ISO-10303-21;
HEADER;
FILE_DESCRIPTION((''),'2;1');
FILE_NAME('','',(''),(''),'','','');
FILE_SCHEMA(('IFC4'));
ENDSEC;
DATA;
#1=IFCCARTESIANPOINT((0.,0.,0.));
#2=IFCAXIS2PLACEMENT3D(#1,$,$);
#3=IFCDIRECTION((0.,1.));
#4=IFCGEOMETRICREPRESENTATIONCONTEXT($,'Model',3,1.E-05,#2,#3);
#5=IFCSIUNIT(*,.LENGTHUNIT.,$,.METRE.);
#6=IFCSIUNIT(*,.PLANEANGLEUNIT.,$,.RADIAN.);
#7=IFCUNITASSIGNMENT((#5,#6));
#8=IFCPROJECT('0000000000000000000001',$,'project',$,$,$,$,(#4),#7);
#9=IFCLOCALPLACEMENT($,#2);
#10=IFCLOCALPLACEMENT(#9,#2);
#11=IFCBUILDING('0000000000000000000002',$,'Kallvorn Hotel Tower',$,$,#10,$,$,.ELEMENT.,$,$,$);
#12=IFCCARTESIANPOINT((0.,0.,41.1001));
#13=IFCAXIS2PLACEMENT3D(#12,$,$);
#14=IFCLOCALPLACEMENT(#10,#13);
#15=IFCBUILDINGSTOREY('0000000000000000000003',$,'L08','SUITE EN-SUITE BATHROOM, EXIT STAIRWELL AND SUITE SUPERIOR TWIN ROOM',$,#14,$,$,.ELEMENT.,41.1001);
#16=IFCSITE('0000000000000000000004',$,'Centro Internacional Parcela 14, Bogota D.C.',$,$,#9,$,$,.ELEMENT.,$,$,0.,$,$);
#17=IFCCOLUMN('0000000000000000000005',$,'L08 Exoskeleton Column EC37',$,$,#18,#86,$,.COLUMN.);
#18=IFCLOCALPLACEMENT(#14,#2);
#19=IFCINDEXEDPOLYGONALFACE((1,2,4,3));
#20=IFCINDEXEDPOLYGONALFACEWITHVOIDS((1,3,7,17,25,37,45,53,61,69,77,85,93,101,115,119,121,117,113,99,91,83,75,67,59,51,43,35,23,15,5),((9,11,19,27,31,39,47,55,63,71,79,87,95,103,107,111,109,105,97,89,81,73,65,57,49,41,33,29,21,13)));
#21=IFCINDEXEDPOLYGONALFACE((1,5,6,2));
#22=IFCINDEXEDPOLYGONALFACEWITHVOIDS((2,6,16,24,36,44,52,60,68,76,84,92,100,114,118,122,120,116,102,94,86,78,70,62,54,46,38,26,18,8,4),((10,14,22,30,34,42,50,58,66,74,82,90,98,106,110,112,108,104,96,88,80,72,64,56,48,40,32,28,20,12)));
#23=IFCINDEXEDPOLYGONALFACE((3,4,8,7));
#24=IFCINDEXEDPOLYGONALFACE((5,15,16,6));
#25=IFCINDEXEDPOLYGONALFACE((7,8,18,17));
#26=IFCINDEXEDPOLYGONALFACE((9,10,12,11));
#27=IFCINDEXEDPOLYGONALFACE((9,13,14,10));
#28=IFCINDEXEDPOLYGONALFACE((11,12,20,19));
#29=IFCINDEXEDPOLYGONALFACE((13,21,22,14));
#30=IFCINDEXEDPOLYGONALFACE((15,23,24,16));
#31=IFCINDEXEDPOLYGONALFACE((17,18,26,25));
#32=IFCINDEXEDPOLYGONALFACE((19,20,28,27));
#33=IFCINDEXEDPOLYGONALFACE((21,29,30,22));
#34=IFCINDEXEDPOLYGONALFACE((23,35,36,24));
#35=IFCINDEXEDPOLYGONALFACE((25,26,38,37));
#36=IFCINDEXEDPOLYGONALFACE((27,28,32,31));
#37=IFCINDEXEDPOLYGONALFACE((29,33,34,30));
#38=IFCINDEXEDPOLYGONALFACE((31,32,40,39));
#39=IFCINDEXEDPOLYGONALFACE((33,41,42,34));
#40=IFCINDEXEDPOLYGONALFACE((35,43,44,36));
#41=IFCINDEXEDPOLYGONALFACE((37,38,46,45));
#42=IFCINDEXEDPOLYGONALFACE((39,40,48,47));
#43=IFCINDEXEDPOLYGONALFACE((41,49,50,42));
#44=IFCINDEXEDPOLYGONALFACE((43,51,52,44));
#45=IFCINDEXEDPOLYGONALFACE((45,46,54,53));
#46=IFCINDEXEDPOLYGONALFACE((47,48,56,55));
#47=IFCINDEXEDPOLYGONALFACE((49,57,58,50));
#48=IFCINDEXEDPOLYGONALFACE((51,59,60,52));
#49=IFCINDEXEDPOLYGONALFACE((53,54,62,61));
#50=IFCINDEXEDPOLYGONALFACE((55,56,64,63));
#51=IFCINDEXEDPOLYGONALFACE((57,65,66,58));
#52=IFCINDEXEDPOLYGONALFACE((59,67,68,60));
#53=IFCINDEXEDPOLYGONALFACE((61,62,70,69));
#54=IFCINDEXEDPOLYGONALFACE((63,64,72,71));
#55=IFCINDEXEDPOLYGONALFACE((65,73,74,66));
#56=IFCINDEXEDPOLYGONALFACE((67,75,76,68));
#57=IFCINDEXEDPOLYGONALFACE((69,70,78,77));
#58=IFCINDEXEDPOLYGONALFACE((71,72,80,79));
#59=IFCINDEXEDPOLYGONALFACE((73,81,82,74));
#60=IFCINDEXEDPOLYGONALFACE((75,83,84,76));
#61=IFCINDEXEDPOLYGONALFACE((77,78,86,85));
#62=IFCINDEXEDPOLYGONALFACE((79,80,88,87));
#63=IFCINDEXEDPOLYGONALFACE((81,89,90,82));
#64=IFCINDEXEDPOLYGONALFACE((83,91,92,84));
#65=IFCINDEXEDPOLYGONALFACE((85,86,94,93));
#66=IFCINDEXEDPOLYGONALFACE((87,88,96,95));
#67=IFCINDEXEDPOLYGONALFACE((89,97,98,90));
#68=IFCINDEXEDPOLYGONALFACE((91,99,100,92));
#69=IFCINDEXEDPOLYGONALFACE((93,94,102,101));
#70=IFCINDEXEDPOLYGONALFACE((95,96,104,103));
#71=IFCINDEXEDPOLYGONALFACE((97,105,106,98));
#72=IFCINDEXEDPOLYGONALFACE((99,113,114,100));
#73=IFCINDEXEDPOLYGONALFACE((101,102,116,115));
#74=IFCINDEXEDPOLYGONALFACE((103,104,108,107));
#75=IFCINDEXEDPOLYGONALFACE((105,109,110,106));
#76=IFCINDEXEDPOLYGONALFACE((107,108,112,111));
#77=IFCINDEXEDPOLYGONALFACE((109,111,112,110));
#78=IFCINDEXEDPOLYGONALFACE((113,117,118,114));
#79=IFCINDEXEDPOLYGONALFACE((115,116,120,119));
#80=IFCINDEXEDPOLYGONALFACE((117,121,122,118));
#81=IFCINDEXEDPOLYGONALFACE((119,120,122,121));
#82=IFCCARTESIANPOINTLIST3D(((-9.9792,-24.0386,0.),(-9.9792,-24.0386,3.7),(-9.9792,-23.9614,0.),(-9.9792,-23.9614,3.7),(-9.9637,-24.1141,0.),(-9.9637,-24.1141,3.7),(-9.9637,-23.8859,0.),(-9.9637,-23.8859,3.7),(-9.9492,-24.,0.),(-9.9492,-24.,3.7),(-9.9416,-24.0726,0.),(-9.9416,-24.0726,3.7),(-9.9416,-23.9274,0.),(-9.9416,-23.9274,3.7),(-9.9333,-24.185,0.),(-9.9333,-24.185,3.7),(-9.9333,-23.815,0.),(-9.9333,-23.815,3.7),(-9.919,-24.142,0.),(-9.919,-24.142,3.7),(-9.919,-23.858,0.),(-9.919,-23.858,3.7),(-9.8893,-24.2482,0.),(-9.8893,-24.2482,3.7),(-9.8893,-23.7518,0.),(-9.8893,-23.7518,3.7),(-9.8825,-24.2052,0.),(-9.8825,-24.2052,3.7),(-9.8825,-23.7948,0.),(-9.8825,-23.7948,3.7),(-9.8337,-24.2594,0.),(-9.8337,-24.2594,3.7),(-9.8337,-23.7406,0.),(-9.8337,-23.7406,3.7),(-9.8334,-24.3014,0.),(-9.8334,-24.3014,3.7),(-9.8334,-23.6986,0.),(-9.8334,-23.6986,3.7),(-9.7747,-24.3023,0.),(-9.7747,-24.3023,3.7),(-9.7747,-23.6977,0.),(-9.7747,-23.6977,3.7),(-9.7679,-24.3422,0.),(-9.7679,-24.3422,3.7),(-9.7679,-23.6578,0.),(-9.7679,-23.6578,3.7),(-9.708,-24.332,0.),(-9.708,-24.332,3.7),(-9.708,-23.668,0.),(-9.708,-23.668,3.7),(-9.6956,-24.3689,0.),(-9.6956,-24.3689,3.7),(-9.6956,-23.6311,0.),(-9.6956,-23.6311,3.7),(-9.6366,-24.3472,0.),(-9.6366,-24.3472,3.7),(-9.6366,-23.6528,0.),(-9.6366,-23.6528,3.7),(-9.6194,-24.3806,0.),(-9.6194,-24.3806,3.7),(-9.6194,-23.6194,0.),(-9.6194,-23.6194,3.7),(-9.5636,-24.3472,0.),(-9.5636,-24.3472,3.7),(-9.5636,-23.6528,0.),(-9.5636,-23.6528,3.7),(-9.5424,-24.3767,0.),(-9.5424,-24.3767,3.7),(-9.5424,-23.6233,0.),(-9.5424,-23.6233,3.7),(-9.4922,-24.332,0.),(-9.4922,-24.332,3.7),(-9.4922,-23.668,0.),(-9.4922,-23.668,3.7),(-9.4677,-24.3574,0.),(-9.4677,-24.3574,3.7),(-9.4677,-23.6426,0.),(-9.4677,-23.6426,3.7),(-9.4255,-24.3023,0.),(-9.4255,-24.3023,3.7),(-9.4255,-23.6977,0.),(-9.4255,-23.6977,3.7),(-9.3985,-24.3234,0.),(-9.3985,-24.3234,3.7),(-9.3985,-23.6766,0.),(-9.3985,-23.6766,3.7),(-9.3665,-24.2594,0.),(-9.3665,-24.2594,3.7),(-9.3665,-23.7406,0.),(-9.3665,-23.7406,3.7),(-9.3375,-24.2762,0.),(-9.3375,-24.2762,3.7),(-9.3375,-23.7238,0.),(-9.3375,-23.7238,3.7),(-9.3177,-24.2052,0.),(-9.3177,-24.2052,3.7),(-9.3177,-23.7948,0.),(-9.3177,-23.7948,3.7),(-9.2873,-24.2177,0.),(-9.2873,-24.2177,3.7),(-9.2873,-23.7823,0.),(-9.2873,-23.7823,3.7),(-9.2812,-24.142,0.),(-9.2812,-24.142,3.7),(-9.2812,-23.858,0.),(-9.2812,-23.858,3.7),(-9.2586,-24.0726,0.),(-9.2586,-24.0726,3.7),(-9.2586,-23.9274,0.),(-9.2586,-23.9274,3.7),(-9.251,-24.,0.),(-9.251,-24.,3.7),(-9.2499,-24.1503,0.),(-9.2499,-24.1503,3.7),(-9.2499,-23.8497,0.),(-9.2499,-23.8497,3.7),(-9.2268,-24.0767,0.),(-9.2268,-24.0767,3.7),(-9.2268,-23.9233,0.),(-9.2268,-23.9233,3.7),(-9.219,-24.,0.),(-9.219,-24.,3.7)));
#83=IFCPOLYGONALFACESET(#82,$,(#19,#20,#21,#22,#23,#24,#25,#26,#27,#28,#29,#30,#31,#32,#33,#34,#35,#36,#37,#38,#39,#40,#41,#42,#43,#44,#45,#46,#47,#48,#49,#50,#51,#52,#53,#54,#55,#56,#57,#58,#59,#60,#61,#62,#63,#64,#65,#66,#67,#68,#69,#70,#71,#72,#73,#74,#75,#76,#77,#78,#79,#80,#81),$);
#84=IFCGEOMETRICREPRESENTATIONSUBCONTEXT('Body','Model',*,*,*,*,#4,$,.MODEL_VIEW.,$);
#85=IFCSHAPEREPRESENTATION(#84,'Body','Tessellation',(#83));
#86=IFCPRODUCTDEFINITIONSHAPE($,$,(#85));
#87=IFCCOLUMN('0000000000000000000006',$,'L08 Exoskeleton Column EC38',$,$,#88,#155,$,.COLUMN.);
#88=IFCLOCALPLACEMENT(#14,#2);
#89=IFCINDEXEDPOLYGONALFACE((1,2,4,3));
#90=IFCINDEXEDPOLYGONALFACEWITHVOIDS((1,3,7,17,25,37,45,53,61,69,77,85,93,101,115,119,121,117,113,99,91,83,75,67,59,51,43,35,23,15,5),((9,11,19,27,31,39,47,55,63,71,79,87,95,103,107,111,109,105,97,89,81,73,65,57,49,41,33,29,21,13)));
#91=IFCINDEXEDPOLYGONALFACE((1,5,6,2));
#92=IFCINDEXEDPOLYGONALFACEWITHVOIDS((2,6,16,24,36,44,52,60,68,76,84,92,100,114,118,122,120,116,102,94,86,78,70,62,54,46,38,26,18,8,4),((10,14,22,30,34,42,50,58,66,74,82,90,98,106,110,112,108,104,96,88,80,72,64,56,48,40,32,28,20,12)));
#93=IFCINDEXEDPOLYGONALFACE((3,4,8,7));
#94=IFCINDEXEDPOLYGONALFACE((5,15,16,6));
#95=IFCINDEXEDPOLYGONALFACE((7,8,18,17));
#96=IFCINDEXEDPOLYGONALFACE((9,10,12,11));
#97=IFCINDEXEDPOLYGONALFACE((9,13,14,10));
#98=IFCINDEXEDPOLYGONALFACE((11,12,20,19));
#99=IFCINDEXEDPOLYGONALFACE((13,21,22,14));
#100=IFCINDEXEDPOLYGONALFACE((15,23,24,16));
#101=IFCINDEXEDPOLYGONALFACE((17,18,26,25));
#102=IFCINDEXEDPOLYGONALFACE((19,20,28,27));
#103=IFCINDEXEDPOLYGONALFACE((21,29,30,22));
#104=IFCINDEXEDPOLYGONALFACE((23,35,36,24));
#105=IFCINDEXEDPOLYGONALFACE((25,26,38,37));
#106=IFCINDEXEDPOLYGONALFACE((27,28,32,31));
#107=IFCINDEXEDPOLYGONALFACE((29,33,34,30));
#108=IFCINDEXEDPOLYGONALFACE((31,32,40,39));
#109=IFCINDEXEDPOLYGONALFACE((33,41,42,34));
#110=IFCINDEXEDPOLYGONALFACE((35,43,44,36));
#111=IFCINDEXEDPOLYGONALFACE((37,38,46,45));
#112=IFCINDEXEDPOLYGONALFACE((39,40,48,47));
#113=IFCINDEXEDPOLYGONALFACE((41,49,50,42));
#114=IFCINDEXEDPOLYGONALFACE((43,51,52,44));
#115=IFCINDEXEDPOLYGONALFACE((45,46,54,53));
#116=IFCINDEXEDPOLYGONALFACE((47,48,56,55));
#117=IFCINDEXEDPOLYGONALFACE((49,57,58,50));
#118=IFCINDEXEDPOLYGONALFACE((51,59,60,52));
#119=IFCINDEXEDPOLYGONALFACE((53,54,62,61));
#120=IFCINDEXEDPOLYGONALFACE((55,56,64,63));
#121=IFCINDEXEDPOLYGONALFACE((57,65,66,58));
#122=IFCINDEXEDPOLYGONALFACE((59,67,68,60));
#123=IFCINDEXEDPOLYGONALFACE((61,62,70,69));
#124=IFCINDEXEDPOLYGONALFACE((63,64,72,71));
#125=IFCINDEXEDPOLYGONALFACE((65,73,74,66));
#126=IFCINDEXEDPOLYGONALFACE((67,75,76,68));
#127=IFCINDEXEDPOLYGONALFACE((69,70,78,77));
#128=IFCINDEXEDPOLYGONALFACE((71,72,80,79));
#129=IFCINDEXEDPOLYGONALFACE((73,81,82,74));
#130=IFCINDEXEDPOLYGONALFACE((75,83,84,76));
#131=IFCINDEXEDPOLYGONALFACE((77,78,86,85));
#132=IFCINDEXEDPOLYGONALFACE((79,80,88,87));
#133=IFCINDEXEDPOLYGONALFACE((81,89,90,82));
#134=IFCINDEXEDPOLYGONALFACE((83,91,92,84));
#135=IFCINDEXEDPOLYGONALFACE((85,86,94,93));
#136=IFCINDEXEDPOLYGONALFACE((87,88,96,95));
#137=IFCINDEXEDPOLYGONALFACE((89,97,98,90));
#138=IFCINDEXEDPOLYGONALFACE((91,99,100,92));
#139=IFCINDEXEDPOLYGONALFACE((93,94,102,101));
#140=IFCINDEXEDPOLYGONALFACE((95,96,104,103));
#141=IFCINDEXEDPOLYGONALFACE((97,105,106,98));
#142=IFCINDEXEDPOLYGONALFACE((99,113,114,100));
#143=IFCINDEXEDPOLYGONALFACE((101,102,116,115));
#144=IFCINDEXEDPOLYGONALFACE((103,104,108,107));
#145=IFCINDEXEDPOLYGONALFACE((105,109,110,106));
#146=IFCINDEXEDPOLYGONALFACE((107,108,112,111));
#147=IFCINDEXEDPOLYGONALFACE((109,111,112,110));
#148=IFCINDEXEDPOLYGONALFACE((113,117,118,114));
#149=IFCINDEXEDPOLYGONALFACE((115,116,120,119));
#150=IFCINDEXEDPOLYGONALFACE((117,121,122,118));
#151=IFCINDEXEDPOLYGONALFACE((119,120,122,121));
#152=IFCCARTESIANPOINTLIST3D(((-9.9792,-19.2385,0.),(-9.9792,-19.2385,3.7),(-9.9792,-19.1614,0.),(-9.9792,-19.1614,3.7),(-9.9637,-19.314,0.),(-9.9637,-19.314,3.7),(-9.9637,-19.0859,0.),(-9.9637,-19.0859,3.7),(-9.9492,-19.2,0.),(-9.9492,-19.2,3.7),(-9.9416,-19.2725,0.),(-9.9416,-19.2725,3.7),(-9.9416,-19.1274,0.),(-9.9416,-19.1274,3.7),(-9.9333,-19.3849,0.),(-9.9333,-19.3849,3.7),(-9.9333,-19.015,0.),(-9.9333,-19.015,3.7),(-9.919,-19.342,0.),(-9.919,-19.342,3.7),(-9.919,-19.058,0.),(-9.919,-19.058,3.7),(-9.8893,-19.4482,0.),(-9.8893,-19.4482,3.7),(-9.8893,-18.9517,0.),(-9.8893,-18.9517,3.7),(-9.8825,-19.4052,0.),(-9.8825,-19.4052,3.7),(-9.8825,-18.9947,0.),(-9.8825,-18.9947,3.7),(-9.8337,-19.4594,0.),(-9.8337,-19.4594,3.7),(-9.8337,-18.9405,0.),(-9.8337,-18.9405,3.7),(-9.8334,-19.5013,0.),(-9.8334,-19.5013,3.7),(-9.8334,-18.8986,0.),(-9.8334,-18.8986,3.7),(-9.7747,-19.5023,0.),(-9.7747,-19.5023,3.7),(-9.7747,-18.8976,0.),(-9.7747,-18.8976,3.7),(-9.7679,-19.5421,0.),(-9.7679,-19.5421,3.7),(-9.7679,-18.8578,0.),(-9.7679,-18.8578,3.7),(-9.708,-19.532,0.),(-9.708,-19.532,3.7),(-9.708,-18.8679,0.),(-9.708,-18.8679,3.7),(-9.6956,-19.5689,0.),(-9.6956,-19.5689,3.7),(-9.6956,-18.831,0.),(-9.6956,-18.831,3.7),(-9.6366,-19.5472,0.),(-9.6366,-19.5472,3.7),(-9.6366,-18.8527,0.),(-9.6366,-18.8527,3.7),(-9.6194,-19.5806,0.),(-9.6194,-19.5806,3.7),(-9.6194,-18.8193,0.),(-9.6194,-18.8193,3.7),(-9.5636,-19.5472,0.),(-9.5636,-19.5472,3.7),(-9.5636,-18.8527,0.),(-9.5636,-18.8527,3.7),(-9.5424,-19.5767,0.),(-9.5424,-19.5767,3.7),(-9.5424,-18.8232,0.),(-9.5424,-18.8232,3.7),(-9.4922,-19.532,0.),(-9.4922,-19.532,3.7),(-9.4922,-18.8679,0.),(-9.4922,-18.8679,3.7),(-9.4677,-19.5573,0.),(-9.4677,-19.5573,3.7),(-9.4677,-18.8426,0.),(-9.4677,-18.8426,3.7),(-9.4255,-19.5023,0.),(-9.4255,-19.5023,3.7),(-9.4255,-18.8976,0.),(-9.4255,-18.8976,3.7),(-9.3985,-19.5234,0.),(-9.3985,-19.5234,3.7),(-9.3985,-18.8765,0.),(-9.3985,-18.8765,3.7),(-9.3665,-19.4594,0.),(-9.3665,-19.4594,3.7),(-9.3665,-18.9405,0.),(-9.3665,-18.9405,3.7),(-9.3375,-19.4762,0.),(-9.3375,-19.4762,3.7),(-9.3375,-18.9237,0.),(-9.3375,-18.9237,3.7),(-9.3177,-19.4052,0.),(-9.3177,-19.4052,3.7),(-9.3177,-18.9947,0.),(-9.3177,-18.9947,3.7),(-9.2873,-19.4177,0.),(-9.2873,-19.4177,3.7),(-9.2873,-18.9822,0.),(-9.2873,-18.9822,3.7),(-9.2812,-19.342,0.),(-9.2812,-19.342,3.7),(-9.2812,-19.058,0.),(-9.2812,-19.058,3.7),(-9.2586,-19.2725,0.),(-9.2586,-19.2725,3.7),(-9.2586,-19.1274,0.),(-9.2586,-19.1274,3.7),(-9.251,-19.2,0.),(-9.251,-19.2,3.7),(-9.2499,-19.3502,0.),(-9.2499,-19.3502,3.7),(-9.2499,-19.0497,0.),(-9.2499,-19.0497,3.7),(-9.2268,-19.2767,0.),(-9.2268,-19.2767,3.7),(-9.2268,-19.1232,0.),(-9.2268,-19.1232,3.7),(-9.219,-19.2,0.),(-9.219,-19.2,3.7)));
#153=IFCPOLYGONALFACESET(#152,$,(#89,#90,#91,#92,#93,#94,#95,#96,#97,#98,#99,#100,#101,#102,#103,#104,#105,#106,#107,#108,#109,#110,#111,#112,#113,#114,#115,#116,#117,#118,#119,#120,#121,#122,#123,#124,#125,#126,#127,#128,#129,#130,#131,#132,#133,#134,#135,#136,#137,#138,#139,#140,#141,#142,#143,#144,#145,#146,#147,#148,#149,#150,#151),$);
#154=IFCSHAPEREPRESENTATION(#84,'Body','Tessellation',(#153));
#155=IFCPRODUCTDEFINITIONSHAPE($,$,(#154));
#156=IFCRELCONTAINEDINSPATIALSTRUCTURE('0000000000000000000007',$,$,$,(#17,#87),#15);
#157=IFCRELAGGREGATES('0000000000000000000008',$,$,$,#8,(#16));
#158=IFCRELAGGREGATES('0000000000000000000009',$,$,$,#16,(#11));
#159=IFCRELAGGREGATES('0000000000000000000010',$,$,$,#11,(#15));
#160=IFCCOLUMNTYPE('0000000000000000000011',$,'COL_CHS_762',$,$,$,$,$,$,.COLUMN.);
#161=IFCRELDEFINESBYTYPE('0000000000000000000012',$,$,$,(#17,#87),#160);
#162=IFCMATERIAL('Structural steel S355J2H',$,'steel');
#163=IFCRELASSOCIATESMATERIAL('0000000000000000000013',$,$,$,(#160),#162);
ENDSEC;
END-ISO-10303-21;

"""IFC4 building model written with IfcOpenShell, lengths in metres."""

from ifc_helpers import new_model, si_unit, direction, frame, origin, origin_2d, place, context, subcontext, project, spatial, hollow_circle, extrude, material, material_profile, profile_set, type_object, element, save


model = new_model("IFC4")

# Units and contexts
model_context = context("Model", 3, precision=1e-05, world=origin(), true_north=direction((0.0, 1.0)))
body_context = subcontext(model_context, "Body", "Model", "MODEL_VIEW")
ifc_project = project(units=[si_unit("LENGTHUNIT", "METRE"), si_unit("PLANEANGLEUNIT", "RADIAN")], contexts=[model_context])

# Site, building, storey
site_placement = place(None, origin())
site = spatial("IfcSite", under=ifc_project, at=site_placement, Name="Centro Internacional Parcela 14, Bogota D.C.", CompositionType="ELEMENT", RefElevation=0.0)
building_placement = place(site_placement, origin())
building = spatial("IfcBuilding", under=site, at=building_placement, Name="Kallvorn Hotel Tower", CompositionType="ELEMENT")
storey_placement = place(building_placement, frame((0.0, 0.0, 41.1001)))
storey = spatial("IfcBuildingStorey", under=building, at=storey_placement, Name="L08", Description="SUITE EN-SUITE BATHROOM, EXIT STAIRWELL AND SUITE SUPERIOR TWIN ROOM", CompositionType="ELEMENT", Elevation=41.1001)

# Columns
ifc_material_1 = material(Name="Structural steel S355J2H", Category="steel")
ifc_material_profile_1 = material_profile(ifc_material_1, hollow_circle(Radius=0.3811, WallThickness=0.032, at=origin_2d()), Name="CHS 762x32")
ifc_profile_set_1 = profile_set([ifc_material_profile_1], Name="Structural steel S355J2H")
column_type_1 = type_object("IfcColumnType", Name="COL_CHS_762", PredefinedType="COLUMN", material=ifc_profile_set_1)
for number, where, z_axis, x_axis, name in (
    (1, (-9.6001, -24.0, 0.0), (0.0, 0.0, 1.0), (1.0, 0.0, 0.0), "L08 Exoskeleton Column EC37"),
    (2, (-9.6001, -19.2, 0.0), (0.0, 0.0, 1.0), (1.0, 0.0, 0.0), "L08 Exoskeleton Column EC38"),
):
    element("IfcColumn", number, at=place(storey_placement, frame(where, z_axis=z_axis, x_axis=x_axis)), inside=storey, type_object=column_type_1, Name=name, PredefinedType="COLUMN", context=body_context, shape_type="SweptSolid", body=[
        extrude(hollow_circle(Radius=0.3811, WallThickness=0.032, at=origin_2d()), origin(), (0.0, 0.0, 1.0), 3.7),
    ])

save(model, "model.ifc")
